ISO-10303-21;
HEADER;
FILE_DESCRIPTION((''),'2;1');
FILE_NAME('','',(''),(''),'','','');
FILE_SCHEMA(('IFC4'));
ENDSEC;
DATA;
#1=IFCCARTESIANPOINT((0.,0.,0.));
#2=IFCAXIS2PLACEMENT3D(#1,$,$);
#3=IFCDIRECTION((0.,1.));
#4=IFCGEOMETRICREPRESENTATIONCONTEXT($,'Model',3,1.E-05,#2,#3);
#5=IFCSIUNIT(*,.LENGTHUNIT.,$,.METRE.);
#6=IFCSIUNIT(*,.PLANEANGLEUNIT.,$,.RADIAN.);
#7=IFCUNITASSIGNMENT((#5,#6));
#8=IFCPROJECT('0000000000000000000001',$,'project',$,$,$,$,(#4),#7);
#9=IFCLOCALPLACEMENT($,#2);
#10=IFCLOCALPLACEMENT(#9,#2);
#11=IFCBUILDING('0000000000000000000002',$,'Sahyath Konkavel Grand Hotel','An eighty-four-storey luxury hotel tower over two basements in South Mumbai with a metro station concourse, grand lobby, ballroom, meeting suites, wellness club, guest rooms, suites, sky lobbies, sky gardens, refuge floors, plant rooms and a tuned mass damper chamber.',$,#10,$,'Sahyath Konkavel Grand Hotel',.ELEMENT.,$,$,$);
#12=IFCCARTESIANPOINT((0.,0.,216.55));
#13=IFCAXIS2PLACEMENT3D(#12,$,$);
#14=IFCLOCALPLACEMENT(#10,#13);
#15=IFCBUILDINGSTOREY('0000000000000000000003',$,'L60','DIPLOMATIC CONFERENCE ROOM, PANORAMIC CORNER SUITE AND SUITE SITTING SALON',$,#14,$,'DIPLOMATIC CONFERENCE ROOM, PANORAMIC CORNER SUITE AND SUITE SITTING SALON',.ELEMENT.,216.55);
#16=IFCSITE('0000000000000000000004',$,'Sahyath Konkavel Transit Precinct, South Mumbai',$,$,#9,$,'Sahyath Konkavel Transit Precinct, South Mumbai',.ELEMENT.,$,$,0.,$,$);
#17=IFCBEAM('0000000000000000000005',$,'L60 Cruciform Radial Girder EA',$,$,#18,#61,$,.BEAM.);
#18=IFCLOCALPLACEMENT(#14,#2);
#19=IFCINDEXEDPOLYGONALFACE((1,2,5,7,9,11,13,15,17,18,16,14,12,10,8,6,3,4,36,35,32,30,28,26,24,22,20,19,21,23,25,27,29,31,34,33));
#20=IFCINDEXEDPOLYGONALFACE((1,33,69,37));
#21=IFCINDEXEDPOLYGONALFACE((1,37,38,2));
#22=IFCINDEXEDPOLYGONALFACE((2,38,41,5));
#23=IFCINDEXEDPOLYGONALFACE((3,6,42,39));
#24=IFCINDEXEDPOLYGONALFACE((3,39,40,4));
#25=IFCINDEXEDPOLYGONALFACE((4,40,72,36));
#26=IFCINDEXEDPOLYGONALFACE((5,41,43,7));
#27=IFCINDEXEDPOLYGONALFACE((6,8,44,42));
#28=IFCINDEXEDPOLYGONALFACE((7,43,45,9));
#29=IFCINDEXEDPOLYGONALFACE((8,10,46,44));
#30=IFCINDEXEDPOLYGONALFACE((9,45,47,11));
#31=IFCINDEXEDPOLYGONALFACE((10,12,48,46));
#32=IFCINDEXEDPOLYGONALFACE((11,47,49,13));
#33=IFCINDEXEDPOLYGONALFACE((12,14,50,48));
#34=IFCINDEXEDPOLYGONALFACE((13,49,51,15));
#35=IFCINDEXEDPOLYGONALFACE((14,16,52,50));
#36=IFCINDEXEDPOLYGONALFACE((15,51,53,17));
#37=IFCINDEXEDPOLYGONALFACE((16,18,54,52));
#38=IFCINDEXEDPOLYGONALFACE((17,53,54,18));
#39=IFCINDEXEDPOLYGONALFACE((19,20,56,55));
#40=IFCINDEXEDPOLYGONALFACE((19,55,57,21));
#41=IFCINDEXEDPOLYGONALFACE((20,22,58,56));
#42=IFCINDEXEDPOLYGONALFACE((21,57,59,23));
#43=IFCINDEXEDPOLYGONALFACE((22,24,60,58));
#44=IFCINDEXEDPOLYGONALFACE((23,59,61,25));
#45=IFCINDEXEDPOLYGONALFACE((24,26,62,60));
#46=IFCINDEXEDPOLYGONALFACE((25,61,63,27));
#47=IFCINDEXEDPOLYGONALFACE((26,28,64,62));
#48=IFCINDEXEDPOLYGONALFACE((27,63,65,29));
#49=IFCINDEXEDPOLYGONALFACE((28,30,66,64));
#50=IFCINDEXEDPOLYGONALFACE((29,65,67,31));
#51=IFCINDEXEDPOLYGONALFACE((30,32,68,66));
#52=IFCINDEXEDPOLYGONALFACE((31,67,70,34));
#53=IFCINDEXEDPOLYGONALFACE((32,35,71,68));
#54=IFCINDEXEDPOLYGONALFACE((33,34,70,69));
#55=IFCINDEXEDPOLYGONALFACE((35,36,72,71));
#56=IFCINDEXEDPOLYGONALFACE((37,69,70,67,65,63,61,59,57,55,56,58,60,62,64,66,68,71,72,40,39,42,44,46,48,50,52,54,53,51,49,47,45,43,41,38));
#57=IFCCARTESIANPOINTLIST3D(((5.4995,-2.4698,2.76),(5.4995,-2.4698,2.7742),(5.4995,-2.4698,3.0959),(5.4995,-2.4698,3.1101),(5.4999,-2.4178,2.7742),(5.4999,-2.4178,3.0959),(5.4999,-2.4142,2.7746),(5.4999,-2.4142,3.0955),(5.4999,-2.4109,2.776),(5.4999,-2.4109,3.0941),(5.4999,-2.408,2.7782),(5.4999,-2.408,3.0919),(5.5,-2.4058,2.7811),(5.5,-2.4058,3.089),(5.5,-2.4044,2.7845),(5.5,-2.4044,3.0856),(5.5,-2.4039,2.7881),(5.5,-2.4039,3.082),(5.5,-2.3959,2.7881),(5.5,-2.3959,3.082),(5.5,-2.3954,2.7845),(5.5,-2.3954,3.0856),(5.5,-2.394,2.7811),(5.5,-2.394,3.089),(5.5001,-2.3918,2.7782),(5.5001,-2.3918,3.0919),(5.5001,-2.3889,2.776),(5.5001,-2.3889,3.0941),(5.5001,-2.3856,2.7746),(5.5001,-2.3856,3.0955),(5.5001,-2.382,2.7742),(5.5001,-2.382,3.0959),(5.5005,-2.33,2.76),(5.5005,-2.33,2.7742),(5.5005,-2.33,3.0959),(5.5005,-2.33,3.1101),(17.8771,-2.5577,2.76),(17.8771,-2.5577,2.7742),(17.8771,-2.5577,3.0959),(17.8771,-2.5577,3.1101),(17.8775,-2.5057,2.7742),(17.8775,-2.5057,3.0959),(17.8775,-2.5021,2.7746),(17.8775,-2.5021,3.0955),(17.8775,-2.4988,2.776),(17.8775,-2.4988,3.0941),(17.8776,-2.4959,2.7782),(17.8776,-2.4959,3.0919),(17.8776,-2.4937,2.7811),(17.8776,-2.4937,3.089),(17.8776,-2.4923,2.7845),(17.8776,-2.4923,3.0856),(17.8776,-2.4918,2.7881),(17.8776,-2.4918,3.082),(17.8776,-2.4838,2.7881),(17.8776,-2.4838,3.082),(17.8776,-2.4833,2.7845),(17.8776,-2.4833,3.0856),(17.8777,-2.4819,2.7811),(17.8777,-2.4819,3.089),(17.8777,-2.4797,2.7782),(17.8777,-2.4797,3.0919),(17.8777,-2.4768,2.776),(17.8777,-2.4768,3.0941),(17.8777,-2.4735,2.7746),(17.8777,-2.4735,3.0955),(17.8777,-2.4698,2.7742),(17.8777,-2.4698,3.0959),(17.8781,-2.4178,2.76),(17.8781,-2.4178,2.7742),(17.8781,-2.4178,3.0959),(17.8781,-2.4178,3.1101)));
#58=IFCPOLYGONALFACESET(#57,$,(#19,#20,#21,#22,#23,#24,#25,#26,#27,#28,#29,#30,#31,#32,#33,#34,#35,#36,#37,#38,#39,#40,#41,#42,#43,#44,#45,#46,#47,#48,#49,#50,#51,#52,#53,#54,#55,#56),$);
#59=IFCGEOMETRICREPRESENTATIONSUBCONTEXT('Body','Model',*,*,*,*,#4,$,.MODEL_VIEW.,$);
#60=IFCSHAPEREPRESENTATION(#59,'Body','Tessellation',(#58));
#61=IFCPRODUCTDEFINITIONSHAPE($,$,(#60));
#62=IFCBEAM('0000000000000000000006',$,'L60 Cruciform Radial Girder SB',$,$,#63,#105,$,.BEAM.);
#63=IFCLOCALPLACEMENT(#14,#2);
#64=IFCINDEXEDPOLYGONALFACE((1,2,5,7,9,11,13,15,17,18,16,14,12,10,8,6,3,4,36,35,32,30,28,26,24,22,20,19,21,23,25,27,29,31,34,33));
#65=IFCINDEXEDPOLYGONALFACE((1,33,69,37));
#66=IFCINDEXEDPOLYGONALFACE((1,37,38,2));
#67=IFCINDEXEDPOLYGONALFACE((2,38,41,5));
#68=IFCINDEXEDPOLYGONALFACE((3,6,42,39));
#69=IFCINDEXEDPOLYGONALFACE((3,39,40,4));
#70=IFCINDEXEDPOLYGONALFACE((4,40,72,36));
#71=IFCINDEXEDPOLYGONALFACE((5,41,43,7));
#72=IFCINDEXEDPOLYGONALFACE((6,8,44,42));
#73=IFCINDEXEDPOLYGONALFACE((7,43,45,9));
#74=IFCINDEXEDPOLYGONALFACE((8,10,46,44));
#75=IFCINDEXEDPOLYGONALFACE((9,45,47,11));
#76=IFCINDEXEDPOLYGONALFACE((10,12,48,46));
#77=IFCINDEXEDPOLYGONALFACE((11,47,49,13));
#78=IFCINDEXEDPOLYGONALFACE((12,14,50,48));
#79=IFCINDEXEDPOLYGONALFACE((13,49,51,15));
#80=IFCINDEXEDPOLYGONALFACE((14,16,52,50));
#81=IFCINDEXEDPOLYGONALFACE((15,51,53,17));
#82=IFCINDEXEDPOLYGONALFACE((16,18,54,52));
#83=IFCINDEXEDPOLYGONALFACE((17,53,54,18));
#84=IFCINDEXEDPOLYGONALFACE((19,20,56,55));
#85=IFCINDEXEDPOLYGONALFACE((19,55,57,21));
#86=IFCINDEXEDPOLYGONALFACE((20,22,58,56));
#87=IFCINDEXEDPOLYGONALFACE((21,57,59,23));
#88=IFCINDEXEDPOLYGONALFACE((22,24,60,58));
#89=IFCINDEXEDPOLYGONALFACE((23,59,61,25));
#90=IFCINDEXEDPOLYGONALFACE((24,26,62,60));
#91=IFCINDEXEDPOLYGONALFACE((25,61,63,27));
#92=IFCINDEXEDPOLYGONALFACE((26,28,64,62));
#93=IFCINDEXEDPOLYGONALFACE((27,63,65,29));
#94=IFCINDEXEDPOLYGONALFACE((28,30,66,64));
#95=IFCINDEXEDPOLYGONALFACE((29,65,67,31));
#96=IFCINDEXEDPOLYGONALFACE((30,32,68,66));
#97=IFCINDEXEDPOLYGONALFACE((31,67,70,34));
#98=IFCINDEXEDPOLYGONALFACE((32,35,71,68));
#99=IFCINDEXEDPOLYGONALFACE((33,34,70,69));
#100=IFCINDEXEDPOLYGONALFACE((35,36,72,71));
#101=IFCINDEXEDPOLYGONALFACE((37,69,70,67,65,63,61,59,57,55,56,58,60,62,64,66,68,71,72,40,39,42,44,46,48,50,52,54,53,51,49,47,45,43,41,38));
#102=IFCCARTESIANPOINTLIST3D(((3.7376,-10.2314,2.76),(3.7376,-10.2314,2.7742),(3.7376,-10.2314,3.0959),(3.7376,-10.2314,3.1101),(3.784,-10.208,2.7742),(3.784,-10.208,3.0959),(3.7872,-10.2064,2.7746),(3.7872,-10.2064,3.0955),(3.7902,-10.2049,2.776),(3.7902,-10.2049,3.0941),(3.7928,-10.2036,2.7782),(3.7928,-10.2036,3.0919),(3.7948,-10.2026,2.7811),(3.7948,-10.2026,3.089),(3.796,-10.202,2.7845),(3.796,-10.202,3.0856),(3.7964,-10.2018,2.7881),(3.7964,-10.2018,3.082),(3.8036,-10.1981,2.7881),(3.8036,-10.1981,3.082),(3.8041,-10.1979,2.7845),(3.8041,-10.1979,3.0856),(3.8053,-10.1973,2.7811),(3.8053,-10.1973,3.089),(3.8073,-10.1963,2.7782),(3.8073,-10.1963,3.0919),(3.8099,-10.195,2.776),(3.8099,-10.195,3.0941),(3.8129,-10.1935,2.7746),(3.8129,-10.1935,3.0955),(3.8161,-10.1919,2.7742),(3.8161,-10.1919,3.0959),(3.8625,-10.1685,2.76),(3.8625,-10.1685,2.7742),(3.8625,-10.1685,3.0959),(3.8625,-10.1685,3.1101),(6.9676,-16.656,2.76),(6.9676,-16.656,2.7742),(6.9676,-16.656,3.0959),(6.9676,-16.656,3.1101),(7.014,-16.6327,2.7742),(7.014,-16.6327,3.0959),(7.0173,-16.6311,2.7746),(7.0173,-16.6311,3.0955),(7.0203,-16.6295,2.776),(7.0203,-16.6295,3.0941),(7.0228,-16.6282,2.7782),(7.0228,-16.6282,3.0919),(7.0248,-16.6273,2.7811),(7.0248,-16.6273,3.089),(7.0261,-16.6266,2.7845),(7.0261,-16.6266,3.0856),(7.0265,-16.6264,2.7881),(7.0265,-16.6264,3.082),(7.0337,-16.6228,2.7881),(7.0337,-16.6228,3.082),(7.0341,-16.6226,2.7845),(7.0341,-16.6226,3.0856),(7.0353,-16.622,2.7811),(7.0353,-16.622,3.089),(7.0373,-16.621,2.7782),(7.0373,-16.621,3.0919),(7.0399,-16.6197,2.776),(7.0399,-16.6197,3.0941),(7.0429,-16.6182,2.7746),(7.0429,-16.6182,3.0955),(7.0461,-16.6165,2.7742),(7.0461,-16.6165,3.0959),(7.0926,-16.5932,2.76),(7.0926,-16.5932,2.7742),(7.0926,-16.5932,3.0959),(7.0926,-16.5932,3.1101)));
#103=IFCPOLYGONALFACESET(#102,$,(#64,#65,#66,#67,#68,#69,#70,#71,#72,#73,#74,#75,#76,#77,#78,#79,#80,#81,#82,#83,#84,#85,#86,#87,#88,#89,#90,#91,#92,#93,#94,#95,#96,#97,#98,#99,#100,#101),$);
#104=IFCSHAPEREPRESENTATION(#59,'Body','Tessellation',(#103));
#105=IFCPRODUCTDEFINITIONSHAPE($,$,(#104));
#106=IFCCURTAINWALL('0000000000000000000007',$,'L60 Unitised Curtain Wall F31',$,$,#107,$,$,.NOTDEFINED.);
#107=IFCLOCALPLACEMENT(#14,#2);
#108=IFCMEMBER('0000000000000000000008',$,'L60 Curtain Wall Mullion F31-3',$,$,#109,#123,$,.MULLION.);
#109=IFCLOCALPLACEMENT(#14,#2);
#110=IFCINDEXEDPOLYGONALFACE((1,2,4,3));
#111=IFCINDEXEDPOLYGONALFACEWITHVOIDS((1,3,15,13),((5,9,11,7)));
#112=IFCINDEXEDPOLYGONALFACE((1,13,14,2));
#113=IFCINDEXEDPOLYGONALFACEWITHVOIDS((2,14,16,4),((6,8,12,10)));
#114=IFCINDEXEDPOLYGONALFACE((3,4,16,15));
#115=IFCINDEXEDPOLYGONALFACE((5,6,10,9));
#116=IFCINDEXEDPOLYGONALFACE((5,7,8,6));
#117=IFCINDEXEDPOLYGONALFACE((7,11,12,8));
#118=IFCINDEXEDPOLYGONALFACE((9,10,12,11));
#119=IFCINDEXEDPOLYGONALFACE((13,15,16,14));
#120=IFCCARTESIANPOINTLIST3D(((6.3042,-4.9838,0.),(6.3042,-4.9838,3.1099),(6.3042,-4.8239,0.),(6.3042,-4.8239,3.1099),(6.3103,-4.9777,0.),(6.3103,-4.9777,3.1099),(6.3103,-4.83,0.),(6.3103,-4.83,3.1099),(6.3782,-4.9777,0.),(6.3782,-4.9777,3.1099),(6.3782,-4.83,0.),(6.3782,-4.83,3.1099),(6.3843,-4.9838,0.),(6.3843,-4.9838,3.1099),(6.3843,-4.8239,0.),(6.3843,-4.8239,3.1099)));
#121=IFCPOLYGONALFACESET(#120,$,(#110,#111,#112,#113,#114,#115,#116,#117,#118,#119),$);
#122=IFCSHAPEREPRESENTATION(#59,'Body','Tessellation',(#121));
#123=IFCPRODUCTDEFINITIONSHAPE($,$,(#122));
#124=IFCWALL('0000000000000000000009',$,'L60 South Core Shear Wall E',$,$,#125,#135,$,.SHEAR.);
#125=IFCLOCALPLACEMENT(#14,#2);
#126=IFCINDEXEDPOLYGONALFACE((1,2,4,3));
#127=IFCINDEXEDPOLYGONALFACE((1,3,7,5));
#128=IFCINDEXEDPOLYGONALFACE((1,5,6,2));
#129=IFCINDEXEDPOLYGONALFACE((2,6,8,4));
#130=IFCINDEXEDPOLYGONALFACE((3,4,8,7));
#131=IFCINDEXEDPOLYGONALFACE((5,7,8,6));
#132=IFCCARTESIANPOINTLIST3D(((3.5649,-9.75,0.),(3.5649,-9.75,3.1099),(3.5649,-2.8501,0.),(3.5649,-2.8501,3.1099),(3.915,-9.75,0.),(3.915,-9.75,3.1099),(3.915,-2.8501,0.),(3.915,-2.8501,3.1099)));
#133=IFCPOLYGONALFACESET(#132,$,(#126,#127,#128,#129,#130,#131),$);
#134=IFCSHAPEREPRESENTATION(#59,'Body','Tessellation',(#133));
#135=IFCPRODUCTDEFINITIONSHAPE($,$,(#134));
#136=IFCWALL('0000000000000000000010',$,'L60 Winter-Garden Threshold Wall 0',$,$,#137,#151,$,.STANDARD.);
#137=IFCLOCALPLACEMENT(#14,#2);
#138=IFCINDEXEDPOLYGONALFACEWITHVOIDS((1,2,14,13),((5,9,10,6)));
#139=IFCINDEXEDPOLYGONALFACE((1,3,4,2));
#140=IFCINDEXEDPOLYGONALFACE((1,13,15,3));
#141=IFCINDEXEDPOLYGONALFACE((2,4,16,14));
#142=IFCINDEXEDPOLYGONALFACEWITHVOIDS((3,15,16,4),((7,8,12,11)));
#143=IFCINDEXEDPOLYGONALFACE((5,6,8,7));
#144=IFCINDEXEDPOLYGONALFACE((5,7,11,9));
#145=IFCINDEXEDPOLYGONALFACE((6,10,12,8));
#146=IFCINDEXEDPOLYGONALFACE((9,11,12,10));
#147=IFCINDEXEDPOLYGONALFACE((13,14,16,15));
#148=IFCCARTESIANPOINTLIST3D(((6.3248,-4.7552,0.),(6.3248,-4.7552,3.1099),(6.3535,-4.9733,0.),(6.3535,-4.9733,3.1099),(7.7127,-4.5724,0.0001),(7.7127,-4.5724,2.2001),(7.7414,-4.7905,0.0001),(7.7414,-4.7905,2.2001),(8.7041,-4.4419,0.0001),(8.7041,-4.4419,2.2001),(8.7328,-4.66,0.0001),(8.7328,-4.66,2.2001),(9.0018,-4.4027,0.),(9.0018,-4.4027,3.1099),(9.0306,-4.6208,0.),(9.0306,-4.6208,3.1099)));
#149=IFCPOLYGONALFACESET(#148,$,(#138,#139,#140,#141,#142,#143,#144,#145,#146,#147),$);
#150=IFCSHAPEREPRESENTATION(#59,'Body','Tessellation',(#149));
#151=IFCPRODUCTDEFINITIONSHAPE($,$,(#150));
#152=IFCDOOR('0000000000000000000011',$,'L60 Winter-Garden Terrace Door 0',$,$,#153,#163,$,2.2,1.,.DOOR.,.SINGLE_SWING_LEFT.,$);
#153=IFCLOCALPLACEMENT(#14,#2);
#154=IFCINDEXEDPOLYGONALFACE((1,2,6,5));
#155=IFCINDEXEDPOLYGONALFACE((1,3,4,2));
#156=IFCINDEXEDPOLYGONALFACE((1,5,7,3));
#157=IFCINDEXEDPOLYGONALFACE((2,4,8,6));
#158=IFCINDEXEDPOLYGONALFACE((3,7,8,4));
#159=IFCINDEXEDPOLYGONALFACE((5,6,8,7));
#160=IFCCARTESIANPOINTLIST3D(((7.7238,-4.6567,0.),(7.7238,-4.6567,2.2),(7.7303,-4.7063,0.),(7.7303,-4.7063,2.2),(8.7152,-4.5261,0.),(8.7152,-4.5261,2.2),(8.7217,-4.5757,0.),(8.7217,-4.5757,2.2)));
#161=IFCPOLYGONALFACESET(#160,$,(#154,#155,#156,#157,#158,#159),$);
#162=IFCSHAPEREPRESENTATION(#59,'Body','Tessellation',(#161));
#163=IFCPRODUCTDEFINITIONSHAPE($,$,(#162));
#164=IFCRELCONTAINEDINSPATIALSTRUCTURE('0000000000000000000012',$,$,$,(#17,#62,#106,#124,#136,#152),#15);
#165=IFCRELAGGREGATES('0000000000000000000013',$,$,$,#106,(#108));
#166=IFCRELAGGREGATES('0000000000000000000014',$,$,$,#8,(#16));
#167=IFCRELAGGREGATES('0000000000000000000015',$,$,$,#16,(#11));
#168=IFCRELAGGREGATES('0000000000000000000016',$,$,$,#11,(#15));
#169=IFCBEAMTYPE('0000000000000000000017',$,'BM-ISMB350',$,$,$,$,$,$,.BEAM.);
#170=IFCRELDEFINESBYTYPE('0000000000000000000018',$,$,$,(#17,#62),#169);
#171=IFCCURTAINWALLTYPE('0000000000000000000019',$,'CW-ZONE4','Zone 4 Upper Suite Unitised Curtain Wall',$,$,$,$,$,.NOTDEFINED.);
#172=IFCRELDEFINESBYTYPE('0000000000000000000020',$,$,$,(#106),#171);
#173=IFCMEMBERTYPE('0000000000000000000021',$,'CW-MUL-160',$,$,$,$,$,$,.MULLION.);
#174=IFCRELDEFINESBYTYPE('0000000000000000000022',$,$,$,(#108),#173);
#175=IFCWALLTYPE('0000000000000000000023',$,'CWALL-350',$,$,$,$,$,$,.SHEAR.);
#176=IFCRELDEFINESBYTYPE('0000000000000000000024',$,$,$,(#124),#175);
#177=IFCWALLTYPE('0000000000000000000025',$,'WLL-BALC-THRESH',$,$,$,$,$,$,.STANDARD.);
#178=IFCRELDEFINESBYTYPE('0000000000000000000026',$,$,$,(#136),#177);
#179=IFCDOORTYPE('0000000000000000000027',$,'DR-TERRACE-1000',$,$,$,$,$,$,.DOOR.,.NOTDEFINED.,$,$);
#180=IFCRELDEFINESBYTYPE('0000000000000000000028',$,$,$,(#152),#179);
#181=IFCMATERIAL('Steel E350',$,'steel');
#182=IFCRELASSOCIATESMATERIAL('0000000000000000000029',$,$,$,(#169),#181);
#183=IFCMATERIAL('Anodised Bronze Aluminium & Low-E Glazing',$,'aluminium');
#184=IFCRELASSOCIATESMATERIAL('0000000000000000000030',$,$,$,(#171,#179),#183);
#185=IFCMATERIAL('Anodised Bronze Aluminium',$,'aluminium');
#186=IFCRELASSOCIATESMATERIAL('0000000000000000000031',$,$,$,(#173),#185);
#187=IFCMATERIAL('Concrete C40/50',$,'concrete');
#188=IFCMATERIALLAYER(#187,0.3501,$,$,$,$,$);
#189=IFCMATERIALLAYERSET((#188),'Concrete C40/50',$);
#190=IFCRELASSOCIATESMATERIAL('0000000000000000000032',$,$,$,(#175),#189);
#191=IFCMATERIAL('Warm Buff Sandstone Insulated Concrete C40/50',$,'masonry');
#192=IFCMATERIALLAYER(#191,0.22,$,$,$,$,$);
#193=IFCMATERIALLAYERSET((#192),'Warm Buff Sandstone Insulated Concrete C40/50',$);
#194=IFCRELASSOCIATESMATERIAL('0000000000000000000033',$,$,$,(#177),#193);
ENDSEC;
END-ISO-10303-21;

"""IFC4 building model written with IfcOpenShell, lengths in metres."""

from ifc_helpers import new_model, si_unit, direction, frame, frame_2d, origin, origin_2d, place, context, subcontext, project, spatial, rectangle, hollow_rectangle, i_section, extrude, source, transform, mapped, material, layer, layer_set, material_profile, profile_set, type_object, element, fill, aggregate, save


model = new_model("IFC4")

# Units and contexts
model_context = context("Model", 3, precision=1e-05, world=origin(), true_north=direction((0.0, 1.0)))
body_context = subcontext(model_context, "Body", "Model", "MODEL_VIEW")
ifc_project = project(units=[si_unit("LENGTHUNIT", "METRE"), si_unit("PLANEANGLEUNIT", "RADIAN")], contexts=[model_context])

# Site, building, storey
site_placement = place(None, origin())
site = spatial("IfcSite", under=ifc_project, at=site_placement, Name="Sahyath Konkavel Transit Precinct, South Mumbai", LongName="Sahyath Konkavel Transit Precinct, South Mumbai", CompositionType="ELEMENT", RefElevation=0.0)
building_placement = place(site_placement, origin())
building = spatial("IfcBuilding", under=site, at=building_placement, Name="Sahyath Konkavel Grand Hotel", Description="An eighty-four-storey luxury hotel tower over two basements in South Mumbai with a metro station concourse, grand lobby, ballroom, meeting suites, wellness club, guest rooms, suites, sky lobbies, sky gardens, refuge floors, plant rooms and a tuned mass damper chamber.", LongName="Sahyath Konkavel Grand Hotel", CompositionType="ELEMENT")
storey_placement = place(building_placement, frame((0.0, 0.0, 216.55)))
storey = spatial("IfcBuildingStorey", under=building, at=storey_placement, Name="L60", Description="DIPLOMATIC CONFERENCE ROOM, PANORAMIC CORNER SUITE AND SUITE SITTING SALON", LongName="DIPLOMATIC CONFERENCE ROOM, PANORAMIC CORNER SUITE AND SUITE SITTING SALON", CompositionType="ELEMENT", Elevation=216.55)

# Shared definitions
ifc_material_1 = material(Name="Concrete C40/50", Category="concrete")

# Beams
ifc_material_2 = material(Name="Steel E350", Category="steel")
ifc_material_profile_1 = material_profile(ifc_material_2, i_section(OverallWidth=0.1399, OverallDepth=0.3501, WebThickness=0.0081, FlangeThickness=0.0142, FilletRadius=0.0139, at=origin_2d()), Name="ISMB 350")
ifc_profile_set_1 = profile_set([ifc_material_profile_1], Name="Steel E350")
beam_type_1 = type_object("IfcBeamType", Name="BM-ISMB350", PredefinedType="BEAM", material=ifc_profile_set_1)
shared_shape_1 = source(origin(), body_context, "Body", "SweptSolid", [
    extrude(i_section(OverallWidth=0.1399, OverallDepth=0.3501, WebThickness=0.0081, FlangeThickness=0.0142, FilletRadius=0.0139, at=origin_2d()), origin(), (0.0, 0.0, 1.0), 12.3779),
])
beam_1_placement = place(storey_placement, frame((5.5, -2.3999, 2.9351), z_axis=(0.999975, -0.007101, 0.0), x_axis=(0.007101, 0.999975, 0.0)))
element("IfcBeam", 1, at=beam_1_placement, inside=storey, type_object=beam_type_1, Name="L60 Cruciform Radial Girder EA", PredefinedType="BEAM", context=body_context, shape_type="MappedRepresentation", body=[
    mapped(shared_shape_1, transform((0.0, 0.0, 0.0), scale=1.0)),
])
shared_shape_2 = source(origin(), body_context, "Body", "SweptSolid", [
    extrude(i_section(OverallWidth=0.1399, OverallDepth=0.3501, WebThickness=0.0081, FlangeThickness=0.0142, FilletRadius=0.0139, at=origin_2d()), origin(), (0.0, 0.0, 1.0), 7.1909),
])
beam_2_placement = place(storey_placement, frame((3.8, -10.2, 2.9351), z_axis=(0.449182, -0.89344, 0.0), x_axis=(0.89344, 0.449182, 0.0)))
element("IfcBeam", 2, at=beam_2_placement, inside=storey, type_object=beam_type_1, Name="L60 Cruciform Radial Girder SB", PredefinedType="BEAM", context=body_context, shape_type="MappedRepresentation", body=[
    mapped(shared_shape_2, transform((0.0, 0.0, 0.0), scale=1.0)),
])

# Curtain wall, member
ifc_material_3 = material(Name="Anodised Bronze Aluminium & Low-E Glazing", Category="aluminium")
curtain_wall_type = type_object("IfcCurtainWallType", Name="CW-ZONE4", Description="Zone 4 Upper Suite Unitised Curtain Wall", PredefinedType="NOTDEFINED", material=ifc_material_3)
curtain_wall_placement = place(storey_placement, origin())
curtain_wall = element("IfcCurtainWall", 3, at=curtain_wall_placement, inside=storey, type_object=curtain_wall_type, Name="L60 Unitised Curtain Wall F31", PredefinedType="NOTDEFINED")
ifc_material_4 = material(Name="Anodised Bronze Aluminium", Category="aluminium")
ifc_material_profile_2 = material_profile(ifc_material_4, hollow_rectangle(XDim=0.0801, YDim=0.1599, WallThickness=0.0061, at=origin_2d()), Name="RHS 160x80x6")
ifc_profile_set_2 = profile_set([ifc_material_profile_2], Name="Anodised Bronze Aluminium")
member_type = type_object("IfcMemberType", Name="CW-MUL-160", PredefinedType="MULLION", material=ifc_profile_set_2)
shared_shape_3 = source(origin(), body_context, "Body", "SweptSolid", [
    extrude(hollow_rectangle(XDim=0.0801, YDim=0.1599, WallThickness=0.0061, at=origin_2d()), origin(), (0.0, 0.0, 1.0), 3.1099),
])
member_placement = place(storey_placement, frame((6.3442, -4.9038, 0.0), z_axis=(0.0, 0.0, 1.0), x_axis=(1.0, 0.0, 0.0)))
member = element("IfcMember", 4, at=member_placement, type_object=member_type, Name="L60 Curtain Wall Mullion F31-3", PredefinedType="MULLION", context=body_context, shape_type="MappedRepresentation", body=[
    mapped(shared_shape_3, transform((0.0, 0.0, 0.0), scale=1.0)),
])
aggregate(curtain_wall, [member])

# Wall
ifc_layer_1 = layer(ifc_material_1, 0.3501)
ifc_layer_set_1 = layer_set([ifc_layer_1], Name="Concrete C40/50")
wall_type_1 = type_object("IfcWallType", Name="CWALL-350", PredefinedType="SHEAR", material=ifc_layer_set_1)
wall_1_placement = place(storey_placement, frame((3.74, -9.75, 0.0), z_axis=(0.0, 0.0, 1.0), x_axis=(0.0, 1.0, 0.0)))
element("IfcWall", 5, at=wall_1_placement, inside=storey, type_object=wall_type_1, Name="L60 South Core Shear Wall E", PredefinedType="SHEAR", context=body_context, shape_type="SweptSolid", body=[
    extrude(rectangle(XDim=6.8999, YDim=0.3501, at=frame_2d((3.45, 0.0))), origin(), (0.0, 0.0, 1.0), 3.1099),
])

# Wall, opening, door
ifc_material_5 = material(Name="Warm Buff Sandstone Insulated Concrete C40/50", Category="masonry")
ifc_layer_2 = layer(ifc_material_5, 0.22)
ifc_layer_set_2 = layer_set([ifc_layer_2], Name="Warm Buff Sandstone Insulated Concrete C40/50")
wall_type_2 = type_object("IfcWallType", Name="WLL-BALC-THRESH", PredefinedType="STANDARD", material=ifc_layer_set_2)
wall_2_placement = place(storey_placement, frame((6.3391, -4.8643, 0.0), z_axis=(0.0, 0.0, 1.0), x_axis=(0.99144, 0.130564, 0.0)))
wall_2 = element("IfcWall", 6, at=wall_2_placement, inside=storey, type_object=wall_type_2, Name="L60 Winter-Garden Threshold Wall 0", PredefinedType="STANDARD", context=body_context, shape_type="SweptSolid", body=[
    extrude(rectangle(XDim=2.7002, YDim=0.22, at=frame_2d((1.3501, 0.0))), origin(), (0.0, 0.0, 1.0), 3.1099),
])
opening_1_placement = place(wall_2_placement, frame((1.3999, 0.0, 0.0)))
opening_1 = element("IfcOpeningElement", 7, at=opening_1_placement, cuts=wall_2, PredefinedType="OPENING", context=body_context, shape_type="SweptSolid", body=[
    extrude(rectangle(XDim=1.0, YDim=2.2, at=frame_2d((0.5, 1.1001))), frame((0.0, 0.1201, 0.0), z_axis=(0.0, -1.0, 0.0), x_axis=(1.0, 0.0, 0.0)), (0.0, 0.0, 1.0), 0.24),
])
door_type_1 = type_object("IfcDoorType", Name="DR-TERRACE-1000", OperationType="NOTDEFINED", PredefinedType="DOOR", material=ifc_material_3)
shared_shape_4 = source(origin(), body_context, "Body", "SweptSolid", [
    extrude(rectangle(XDim=1.0, YDim=0.05, at=origin_2d()), origin(), (0.0, 0.0, 1.0), 2.2),
])
door_1_placement = place(opening_1_placement, frame((0.5, 0.0, 0.0)))
door_1 = element("IfcDoor", 8, at=door_1_placement, inside=storey, type_object=door_type_1, Name="L60 Winter-Garden Terrace Door 0", OperationType="SINGLE_SWING_LEFT", OverallHeight=2.2, OverallWidth=1.0, PredefinedType="DOOR", context=body_context, shape_type="MappedRepresentation", body=[
    mapped(shared_shape_4, transform((0.0, 0.0, 0.0), scale=1.0)),
])
fill(opening_1, door_1)

save(model, "model.ifc")
